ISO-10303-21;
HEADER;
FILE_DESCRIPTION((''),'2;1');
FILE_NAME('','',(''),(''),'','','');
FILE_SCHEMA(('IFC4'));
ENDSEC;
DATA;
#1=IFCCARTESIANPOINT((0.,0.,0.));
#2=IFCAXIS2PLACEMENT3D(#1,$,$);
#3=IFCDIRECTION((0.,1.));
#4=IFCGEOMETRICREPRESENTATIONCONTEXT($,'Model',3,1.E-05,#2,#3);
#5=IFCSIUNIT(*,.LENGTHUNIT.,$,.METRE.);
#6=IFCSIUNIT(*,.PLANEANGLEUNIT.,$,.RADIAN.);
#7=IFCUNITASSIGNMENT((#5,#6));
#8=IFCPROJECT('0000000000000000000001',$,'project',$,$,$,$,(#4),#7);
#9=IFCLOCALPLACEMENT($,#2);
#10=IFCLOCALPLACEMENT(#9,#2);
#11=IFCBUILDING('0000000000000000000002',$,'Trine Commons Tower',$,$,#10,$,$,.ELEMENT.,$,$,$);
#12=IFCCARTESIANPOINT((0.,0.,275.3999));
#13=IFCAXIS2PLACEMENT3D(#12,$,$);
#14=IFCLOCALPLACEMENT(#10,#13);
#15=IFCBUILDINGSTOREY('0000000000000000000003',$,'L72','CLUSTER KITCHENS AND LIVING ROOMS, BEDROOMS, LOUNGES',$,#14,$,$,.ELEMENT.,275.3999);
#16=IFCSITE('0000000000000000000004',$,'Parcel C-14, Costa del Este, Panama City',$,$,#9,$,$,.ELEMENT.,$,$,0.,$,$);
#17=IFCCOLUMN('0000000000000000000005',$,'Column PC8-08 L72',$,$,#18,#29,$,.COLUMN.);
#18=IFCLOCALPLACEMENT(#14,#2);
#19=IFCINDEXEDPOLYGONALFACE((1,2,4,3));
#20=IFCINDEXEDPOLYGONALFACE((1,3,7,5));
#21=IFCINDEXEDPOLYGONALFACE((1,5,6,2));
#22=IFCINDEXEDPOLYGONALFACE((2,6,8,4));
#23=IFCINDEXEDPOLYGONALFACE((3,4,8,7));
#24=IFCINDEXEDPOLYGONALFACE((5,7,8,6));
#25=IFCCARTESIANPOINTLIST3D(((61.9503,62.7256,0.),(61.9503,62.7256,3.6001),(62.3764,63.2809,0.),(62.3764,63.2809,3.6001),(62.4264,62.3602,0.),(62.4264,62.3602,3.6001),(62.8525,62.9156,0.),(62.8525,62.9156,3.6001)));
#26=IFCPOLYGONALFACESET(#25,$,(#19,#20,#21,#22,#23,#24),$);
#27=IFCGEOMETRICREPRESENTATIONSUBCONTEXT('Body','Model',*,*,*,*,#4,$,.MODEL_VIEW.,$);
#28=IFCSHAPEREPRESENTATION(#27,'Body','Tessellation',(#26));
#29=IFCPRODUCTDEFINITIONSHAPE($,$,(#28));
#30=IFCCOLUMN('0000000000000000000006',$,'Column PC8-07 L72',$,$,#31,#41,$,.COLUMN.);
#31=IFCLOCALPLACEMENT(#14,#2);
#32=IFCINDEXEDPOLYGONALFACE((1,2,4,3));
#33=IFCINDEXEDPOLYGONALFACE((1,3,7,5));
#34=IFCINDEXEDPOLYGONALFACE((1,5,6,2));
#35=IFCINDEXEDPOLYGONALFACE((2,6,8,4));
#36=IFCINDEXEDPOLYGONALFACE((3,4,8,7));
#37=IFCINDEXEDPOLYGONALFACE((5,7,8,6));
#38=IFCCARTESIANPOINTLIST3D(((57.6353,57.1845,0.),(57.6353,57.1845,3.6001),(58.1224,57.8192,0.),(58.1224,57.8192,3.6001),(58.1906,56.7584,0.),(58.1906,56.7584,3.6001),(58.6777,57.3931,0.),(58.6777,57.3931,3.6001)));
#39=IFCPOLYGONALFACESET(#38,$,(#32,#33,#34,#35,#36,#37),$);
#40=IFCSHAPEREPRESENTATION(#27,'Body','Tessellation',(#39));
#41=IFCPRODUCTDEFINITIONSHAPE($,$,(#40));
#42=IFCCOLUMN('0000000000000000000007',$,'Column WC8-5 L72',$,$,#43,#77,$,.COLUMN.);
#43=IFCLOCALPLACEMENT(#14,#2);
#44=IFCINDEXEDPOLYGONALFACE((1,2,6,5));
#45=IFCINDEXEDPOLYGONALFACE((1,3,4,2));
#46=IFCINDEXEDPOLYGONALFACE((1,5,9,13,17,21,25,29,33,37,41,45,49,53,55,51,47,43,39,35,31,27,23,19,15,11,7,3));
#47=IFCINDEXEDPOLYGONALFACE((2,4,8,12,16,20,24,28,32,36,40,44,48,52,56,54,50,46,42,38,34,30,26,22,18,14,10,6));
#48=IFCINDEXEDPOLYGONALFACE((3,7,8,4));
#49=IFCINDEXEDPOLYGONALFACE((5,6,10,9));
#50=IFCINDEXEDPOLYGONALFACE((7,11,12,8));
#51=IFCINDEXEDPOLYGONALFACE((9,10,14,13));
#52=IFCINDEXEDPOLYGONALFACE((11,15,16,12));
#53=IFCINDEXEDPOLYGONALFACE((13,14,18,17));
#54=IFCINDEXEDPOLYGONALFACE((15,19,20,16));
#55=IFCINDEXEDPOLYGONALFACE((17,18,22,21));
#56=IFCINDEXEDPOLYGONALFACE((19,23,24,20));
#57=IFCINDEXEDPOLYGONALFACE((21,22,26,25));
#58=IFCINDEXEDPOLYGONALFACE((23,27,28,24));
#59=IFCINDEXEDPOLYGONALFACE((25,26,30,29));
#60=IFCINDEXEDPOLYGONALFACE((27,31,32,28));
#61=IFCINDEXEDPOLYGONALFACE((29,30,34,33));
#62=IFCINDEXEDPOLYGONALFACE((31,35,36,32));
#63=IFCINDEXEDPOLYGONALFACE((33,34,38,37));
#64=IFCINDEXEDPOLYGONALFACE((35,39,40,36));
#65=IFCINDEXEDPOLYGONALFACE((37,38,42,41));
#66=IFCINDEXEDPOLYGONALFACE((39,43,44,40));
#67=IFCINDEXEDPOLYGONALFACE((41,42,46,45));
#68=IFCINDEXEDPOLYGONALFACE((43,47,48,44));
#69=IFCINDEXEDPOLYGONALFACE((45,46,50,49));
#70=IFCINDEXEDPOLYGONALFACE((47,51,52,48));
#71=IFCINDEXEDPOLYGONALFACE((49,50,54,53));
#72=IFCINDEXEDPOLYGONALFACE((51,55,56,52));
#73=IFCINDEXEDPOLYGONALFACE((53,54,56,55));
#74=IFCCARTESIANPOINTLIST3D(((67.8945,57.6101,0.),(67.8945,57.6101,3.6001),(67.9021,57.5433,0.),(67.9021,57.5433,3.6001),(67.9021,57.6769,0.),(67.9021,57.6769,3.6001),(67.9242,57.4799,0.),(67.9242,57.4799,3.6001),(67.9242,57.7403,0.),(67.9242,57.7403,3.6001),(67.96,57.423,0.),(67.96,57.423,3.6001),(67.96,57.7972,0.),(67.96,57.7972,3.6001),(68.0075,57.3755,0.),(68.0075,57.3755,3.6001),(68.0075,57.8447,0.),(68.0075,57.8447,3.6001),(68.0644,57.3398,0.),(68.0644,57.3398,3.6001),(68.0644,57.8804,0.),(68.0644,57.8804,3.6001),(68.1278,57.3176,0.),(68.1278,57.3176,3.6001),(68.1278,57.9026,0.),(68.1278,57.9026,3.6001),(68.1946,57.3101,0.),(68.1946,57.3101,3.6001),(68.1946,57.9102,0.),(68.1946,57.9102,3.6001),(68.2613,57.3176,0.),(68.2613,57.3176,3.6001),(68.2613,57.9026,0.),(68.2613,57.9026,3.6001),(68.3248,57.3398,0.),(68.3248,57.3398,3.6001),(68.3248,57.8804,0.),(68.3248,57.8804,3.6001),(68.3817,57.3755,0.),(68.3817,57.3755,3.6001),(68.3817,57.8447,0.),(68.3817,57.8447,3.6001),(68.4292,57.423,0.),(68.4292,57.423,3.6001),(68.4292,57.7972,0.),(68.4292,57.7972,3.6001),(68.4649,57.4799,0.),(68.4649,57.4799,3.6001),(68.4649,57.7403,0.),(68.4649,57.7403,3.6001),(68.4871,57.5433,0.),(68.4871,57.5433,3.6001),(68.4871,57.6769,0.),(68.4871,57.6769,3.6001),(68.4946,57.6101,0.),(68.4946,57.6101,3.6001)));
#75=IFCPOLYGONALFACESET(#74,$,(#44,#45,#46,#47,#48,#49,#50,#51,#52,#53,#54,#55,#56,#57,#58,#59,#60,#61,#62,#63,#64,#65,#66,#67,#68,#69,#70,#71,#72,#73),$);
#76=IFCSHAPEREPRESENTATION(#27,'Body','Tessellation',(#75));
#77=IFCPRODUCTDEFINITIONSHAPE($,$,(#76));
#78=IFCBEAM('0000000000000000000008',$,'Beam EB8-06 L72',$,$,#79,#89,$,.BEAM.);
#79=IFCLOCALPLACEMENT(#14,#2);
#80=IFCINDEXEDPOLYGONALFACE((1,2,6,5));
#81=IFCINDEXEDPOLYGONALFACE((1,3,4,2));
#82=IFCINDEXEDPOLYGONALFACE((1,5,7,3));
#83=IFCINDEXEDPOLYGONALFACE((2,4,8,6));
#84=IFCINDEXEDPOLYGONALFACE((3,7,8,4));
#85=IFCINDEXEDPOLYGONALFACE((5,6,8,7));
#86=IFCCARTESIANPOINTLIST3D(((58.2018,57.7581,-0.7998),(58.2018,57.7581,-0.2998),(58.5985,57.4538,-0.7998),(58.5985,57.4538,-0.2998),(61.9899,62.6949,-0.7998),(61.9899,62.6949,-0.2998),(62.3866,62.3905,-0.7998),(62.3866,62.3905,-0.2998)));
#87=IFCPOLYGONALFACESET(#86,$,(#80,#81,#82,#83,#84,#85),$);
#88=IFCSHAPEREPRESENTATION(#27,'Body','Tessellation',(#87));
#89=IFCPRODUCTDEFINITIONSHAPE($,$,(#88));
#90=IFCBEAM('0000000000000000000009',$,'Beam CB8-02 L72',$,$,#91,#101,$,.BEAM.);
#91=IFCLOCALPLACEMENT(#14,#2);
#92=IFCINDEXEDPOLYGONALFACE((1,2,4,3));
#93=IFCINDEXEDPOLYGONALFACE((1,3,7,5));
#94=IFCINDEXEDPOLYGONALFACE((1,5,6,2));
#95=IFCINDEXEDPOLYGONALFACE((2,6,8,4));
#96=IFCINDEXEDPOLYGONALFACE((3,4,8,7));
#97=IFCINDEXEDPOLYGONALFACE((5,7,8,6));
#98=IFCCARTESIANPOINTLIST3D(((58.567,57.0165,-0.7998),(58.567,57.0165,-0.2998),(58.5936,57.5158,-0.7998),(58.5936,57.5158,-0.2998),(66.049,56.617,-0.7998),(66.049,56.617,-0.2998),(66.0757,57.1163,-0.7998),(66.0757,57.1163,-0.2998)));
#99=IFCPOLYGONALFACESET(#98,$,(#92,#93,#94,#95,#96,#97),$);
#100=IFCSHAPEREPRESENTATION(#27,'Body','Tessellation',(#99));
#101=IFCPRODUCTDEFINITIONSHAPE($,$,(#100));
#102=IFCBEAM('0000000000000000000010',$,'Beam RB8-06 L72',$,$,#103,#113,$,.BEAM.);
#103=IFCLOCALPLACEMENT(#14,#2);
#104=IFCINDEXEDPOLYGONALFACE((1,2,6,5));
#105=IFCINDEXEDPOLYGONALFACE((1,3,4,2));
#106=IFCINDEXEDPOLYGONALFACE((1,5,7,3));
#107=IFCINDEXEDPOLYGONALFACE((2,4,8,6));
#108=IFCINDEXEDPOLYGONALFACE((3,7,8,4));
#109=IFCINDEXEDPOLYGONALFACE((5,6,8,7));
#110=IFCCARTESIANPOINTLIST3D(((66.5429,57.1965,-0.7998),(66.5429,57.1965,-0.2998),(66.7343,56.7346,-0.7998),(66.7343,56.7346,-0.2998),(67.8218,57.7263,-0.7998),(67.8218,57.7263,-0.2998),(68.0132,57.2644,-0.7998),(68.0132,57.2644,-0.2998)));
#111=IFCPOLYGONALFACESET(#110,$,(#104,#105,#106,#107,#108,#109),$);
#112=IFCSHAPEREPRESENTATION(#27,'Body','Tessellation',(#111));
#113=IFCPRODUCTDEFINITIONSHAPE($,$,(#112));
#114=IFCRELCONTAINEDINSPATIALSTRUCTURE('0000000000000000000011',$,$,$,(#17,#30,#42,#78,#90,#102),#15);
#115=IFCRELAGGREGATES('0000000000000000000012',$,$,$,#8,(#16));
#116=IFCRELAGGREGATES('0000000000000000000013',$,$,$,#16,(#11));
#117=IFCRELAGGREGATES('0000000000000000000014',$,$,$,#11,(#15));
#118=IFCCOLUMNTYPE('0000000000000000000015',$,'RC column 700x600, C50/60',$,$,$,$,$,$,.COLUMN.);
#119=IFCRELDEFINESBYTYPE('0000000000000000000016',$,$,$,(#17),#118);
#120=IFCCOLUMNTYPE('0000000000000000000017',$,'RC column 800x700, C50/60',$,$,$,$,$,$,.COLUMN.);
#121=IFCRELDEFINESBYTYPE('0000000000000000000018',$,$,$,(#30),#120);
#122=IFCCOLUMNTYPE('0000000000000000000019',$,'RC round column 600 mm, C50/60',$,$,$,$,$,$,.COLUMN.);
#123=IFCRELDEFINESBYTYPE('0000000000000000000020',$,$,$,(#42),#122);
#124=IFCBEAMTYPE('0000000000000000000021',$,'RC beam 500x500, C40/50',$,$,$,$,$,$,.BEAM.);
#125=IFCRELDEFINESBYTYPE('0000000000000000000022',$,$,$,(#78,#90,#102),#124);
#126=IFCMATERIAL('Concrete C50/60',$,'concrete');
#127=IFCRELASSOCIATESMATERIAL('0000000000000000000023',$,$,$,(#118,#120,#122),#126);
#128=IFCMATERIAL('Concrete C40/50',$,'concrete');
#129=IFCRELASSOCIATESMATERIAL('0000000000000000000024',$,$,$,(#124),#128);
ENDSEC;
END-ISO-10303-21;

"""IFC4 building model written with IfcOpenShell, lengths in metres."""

from ifc_helpers import new_model, si_unit, direction, frame, origin, origin_2d, place, context, subcontext, project, spatial, rectangle, circle, extrude, material, material_profile, profile_set, type_object, element, save


model = new_model("IFC4")

# Units and contexts
model_context = context("Model", 3, precision=1e-05, world=origin(), true_north=direction((0.0, 1.0)))
body_context = subcontext(model_context, "Body", "Model", "MODEL_VIEW")
ifc_project = project(units=[si_unit("LENGTHUNIT", "METRE"), si_unit("PLANEANGLEUNIT", "RADIAN")], contexts=[model_context])

# Site, building, storey
site_placement = place(None, origin())
site = spatial("IfcSite", under=ifc_project, at=site_placement, Name="Parcel C-14, Costa del Este, Panama City", CompositionType="ELEMENT", RefElevation=0.0)
building_placement = place(site_placement, origin())
building = spatial("IfcBuilding", under=site, at=building_placement, Name="Trine Commons Tower", CompositionType="ELEMENT")
storey_placement = place(building_placement, frame((0.0, 0.0, 275.3999)))
storey = spatial("IfcBuildingStorey", under=building, at=storey_placement, Name="L72", Description="CLUSTER KITCHENS AND LIVING ROOMS, BEDROOMS, LOUNGES", CompositionType="ELEMENT", Elevation=275.3999)

# Columns
ifc_material_1 = material(Name="Concrete C50/60", Category="concrete")
ifc_material_profile_1 = material_profile(ifc_material_1, rectangle(XDim=0.7, YDim=0.6001, at=origin_2d()), Name="RC 700x600")
ifc_profile_set_1 = profile_set([ifc_material_profile_1], Name="Concrete C50/60")
column_type_1 = type_object("IfcColumnType", Name="RC column 700x600, C50/60", PredefinedType="COLUMN", material=ifc_profile_set_1)
column_1_placement = place(storey_placement, frame((62.4014, 62.8206, 0.0), z_axis=(0.0, 0.0, 1.0), x_axis=(0.608761, 0.793353, 0.0)))
element("IfcColumn", 1, at=column_1_placement, inside=storey, type_object=column_type_1, Name="Column PC8-08 L72", PredefinedType="COLUMN", context=body_context, shape_type="SweptSolid", body=[
    extrude(rectangle(XDim=0.7, YDim=0.6001, at=origin_2d()), origin(), (0.0, 0.0, 1.0), 3.6001),
])
ifc_material_profile_2 = material_profile(ifc_material_1, rectangle(XDim=0.8, YDim=0.7, at=origin_2d()), Name="RC 800x700")
ifc_profile_set_2 = profile_set([ifc_material_profile_2], Name="Concrete C50/60")
column_type_2 = type_object("IfcColumnType", Name="RC column 800x700, C50/60", PredefinedType="COLUMN", material=ifc_profile_set_2)
column_2_placement = place(storey_placement, frame((58.1565, 57.2888, 0.0), z_axis=(0.0, 0.0, 1.0), x_axis=(0.608761, 0.793353, 0.0)))
element("IfcColumn", 2, at=column_2_placement, inside=storey, type_object=column_type_2, Name="Column PC8-07 L72", PredefinedType="COLUMN", context=body_context, shape_type="SweptSolid", body=[
    extrude(rectangle(XDim=0.8, YDim=0.7, at=origin_2d()), origin(), (0.0, 0.0, 1.0), 3.6001),
])
ifc_material_profile_3 = material_profile(ifc_material_1, circle(Radius=0.3, at=origin_2d()), Name="RC round 600")
ifc_profile_set_3 = profile_set([ifc_material_profile_3], Name="Concrete C50/60")
column_type_3 = type_object("IfcColumnType", Name="RC round column 600 mm, C50/60", PredefinedType="COLUMN", material=ifc_profile_set_3)
column_3_placement = place(storey_placement, frame((68.1946, 57.6101, 0.0), z_axis=(0.0, 0.0, 1.0), x_axis=(1.0, 0.0, 0.0)))
element("IfcColumn", 3, at=column_3_placement, inside=storey, type_object=column_type_3, Name="Column WC8-5 L72", PredefinedType="COLUMN", context=body_context, shape_type="SweptSolid", body=[
    extrude(circle(Radius=0.3, at=origin_2d()), origin(), (0.0, 0.0, 1.0), 3.6001),
])

# Beams
ifc_material_2 = material(Name="Concrete C40/50", Category="concrete")
ifc_material_profile_4 = material_profile(ifc_material_2, rectangle(XDim=0.5, YDim=0.5, at=origin_2d()), Name="RC 500x500")
ifc_profile_set_4 = profile_set([ifc_material_profile_4], Name="Concrete C40/50")
beam_type = type_object("IfcBeamType", Name="RC beam 500x500, C40/50", PredefinedType="BEAM", material=ifc_profile_set_4)
beam_1_placement = place(storey_placement, frame((58.4001, 57.606, -0.5498), z_axis=(0.608758, 0.793356, 0.0), x_axis=(-0.793356, 0.608758, 0.0)))
element("IfcBeam", 4, at=beam_1_placement, inside=storey, type_object=beam_type, Name="Beam EB8-06 L72", PredefinedType="BEAM", context=body_context, shape_type="SweptSolid", body=[
    extrude(rectangle(XDim=0.5, YDim=0.5, at=origin_2d()), origin(), (0.0, 0.0, 1.0), 6.2227),
])
beam_2_placement = place(storey_placement, frame((58.5803, 57.2661, -0.5498), z_axis=(0.998578, -0.053308, 0.0), x_axis=(0.053308, 0.998578, 0.0)))
element("IfcBeam", 5, at=beam_2_placement, inside=storey, type_object=beam_type, Name="Beam CB8-02 L72", PredefinedType="BEAM", context=body_context, shape_type="SweptSolid", body=[
    extrude(rectangle(XDim=0.5, YDim=0.5, at=origin_2d()), origin(), (0.0, 0.0, 1.0), 7.4927),
])
beam_3_placement = place(storey_placement, frame((67.9175, 57.4954, -0.5498), z_axis=(-0.923858, -0.382736, 0.0), x_axis=(0.382736, -0.923858, 0.0)))
element("IfcBeam", 6, at=beam_3_placement, inside=storey, type_object=beam_type, Name="Beam RB8-06 L72", PredefinedType="BEAM", context=body_context, shape_type="SweptSolid", body=[
    extrude(rectangle(XDim=0.5, YDim=0.5, at=origin_2d()), origin(), (0.0, 0.0, 1.0), 1.3843),
])

save(model, "model.ifc")
